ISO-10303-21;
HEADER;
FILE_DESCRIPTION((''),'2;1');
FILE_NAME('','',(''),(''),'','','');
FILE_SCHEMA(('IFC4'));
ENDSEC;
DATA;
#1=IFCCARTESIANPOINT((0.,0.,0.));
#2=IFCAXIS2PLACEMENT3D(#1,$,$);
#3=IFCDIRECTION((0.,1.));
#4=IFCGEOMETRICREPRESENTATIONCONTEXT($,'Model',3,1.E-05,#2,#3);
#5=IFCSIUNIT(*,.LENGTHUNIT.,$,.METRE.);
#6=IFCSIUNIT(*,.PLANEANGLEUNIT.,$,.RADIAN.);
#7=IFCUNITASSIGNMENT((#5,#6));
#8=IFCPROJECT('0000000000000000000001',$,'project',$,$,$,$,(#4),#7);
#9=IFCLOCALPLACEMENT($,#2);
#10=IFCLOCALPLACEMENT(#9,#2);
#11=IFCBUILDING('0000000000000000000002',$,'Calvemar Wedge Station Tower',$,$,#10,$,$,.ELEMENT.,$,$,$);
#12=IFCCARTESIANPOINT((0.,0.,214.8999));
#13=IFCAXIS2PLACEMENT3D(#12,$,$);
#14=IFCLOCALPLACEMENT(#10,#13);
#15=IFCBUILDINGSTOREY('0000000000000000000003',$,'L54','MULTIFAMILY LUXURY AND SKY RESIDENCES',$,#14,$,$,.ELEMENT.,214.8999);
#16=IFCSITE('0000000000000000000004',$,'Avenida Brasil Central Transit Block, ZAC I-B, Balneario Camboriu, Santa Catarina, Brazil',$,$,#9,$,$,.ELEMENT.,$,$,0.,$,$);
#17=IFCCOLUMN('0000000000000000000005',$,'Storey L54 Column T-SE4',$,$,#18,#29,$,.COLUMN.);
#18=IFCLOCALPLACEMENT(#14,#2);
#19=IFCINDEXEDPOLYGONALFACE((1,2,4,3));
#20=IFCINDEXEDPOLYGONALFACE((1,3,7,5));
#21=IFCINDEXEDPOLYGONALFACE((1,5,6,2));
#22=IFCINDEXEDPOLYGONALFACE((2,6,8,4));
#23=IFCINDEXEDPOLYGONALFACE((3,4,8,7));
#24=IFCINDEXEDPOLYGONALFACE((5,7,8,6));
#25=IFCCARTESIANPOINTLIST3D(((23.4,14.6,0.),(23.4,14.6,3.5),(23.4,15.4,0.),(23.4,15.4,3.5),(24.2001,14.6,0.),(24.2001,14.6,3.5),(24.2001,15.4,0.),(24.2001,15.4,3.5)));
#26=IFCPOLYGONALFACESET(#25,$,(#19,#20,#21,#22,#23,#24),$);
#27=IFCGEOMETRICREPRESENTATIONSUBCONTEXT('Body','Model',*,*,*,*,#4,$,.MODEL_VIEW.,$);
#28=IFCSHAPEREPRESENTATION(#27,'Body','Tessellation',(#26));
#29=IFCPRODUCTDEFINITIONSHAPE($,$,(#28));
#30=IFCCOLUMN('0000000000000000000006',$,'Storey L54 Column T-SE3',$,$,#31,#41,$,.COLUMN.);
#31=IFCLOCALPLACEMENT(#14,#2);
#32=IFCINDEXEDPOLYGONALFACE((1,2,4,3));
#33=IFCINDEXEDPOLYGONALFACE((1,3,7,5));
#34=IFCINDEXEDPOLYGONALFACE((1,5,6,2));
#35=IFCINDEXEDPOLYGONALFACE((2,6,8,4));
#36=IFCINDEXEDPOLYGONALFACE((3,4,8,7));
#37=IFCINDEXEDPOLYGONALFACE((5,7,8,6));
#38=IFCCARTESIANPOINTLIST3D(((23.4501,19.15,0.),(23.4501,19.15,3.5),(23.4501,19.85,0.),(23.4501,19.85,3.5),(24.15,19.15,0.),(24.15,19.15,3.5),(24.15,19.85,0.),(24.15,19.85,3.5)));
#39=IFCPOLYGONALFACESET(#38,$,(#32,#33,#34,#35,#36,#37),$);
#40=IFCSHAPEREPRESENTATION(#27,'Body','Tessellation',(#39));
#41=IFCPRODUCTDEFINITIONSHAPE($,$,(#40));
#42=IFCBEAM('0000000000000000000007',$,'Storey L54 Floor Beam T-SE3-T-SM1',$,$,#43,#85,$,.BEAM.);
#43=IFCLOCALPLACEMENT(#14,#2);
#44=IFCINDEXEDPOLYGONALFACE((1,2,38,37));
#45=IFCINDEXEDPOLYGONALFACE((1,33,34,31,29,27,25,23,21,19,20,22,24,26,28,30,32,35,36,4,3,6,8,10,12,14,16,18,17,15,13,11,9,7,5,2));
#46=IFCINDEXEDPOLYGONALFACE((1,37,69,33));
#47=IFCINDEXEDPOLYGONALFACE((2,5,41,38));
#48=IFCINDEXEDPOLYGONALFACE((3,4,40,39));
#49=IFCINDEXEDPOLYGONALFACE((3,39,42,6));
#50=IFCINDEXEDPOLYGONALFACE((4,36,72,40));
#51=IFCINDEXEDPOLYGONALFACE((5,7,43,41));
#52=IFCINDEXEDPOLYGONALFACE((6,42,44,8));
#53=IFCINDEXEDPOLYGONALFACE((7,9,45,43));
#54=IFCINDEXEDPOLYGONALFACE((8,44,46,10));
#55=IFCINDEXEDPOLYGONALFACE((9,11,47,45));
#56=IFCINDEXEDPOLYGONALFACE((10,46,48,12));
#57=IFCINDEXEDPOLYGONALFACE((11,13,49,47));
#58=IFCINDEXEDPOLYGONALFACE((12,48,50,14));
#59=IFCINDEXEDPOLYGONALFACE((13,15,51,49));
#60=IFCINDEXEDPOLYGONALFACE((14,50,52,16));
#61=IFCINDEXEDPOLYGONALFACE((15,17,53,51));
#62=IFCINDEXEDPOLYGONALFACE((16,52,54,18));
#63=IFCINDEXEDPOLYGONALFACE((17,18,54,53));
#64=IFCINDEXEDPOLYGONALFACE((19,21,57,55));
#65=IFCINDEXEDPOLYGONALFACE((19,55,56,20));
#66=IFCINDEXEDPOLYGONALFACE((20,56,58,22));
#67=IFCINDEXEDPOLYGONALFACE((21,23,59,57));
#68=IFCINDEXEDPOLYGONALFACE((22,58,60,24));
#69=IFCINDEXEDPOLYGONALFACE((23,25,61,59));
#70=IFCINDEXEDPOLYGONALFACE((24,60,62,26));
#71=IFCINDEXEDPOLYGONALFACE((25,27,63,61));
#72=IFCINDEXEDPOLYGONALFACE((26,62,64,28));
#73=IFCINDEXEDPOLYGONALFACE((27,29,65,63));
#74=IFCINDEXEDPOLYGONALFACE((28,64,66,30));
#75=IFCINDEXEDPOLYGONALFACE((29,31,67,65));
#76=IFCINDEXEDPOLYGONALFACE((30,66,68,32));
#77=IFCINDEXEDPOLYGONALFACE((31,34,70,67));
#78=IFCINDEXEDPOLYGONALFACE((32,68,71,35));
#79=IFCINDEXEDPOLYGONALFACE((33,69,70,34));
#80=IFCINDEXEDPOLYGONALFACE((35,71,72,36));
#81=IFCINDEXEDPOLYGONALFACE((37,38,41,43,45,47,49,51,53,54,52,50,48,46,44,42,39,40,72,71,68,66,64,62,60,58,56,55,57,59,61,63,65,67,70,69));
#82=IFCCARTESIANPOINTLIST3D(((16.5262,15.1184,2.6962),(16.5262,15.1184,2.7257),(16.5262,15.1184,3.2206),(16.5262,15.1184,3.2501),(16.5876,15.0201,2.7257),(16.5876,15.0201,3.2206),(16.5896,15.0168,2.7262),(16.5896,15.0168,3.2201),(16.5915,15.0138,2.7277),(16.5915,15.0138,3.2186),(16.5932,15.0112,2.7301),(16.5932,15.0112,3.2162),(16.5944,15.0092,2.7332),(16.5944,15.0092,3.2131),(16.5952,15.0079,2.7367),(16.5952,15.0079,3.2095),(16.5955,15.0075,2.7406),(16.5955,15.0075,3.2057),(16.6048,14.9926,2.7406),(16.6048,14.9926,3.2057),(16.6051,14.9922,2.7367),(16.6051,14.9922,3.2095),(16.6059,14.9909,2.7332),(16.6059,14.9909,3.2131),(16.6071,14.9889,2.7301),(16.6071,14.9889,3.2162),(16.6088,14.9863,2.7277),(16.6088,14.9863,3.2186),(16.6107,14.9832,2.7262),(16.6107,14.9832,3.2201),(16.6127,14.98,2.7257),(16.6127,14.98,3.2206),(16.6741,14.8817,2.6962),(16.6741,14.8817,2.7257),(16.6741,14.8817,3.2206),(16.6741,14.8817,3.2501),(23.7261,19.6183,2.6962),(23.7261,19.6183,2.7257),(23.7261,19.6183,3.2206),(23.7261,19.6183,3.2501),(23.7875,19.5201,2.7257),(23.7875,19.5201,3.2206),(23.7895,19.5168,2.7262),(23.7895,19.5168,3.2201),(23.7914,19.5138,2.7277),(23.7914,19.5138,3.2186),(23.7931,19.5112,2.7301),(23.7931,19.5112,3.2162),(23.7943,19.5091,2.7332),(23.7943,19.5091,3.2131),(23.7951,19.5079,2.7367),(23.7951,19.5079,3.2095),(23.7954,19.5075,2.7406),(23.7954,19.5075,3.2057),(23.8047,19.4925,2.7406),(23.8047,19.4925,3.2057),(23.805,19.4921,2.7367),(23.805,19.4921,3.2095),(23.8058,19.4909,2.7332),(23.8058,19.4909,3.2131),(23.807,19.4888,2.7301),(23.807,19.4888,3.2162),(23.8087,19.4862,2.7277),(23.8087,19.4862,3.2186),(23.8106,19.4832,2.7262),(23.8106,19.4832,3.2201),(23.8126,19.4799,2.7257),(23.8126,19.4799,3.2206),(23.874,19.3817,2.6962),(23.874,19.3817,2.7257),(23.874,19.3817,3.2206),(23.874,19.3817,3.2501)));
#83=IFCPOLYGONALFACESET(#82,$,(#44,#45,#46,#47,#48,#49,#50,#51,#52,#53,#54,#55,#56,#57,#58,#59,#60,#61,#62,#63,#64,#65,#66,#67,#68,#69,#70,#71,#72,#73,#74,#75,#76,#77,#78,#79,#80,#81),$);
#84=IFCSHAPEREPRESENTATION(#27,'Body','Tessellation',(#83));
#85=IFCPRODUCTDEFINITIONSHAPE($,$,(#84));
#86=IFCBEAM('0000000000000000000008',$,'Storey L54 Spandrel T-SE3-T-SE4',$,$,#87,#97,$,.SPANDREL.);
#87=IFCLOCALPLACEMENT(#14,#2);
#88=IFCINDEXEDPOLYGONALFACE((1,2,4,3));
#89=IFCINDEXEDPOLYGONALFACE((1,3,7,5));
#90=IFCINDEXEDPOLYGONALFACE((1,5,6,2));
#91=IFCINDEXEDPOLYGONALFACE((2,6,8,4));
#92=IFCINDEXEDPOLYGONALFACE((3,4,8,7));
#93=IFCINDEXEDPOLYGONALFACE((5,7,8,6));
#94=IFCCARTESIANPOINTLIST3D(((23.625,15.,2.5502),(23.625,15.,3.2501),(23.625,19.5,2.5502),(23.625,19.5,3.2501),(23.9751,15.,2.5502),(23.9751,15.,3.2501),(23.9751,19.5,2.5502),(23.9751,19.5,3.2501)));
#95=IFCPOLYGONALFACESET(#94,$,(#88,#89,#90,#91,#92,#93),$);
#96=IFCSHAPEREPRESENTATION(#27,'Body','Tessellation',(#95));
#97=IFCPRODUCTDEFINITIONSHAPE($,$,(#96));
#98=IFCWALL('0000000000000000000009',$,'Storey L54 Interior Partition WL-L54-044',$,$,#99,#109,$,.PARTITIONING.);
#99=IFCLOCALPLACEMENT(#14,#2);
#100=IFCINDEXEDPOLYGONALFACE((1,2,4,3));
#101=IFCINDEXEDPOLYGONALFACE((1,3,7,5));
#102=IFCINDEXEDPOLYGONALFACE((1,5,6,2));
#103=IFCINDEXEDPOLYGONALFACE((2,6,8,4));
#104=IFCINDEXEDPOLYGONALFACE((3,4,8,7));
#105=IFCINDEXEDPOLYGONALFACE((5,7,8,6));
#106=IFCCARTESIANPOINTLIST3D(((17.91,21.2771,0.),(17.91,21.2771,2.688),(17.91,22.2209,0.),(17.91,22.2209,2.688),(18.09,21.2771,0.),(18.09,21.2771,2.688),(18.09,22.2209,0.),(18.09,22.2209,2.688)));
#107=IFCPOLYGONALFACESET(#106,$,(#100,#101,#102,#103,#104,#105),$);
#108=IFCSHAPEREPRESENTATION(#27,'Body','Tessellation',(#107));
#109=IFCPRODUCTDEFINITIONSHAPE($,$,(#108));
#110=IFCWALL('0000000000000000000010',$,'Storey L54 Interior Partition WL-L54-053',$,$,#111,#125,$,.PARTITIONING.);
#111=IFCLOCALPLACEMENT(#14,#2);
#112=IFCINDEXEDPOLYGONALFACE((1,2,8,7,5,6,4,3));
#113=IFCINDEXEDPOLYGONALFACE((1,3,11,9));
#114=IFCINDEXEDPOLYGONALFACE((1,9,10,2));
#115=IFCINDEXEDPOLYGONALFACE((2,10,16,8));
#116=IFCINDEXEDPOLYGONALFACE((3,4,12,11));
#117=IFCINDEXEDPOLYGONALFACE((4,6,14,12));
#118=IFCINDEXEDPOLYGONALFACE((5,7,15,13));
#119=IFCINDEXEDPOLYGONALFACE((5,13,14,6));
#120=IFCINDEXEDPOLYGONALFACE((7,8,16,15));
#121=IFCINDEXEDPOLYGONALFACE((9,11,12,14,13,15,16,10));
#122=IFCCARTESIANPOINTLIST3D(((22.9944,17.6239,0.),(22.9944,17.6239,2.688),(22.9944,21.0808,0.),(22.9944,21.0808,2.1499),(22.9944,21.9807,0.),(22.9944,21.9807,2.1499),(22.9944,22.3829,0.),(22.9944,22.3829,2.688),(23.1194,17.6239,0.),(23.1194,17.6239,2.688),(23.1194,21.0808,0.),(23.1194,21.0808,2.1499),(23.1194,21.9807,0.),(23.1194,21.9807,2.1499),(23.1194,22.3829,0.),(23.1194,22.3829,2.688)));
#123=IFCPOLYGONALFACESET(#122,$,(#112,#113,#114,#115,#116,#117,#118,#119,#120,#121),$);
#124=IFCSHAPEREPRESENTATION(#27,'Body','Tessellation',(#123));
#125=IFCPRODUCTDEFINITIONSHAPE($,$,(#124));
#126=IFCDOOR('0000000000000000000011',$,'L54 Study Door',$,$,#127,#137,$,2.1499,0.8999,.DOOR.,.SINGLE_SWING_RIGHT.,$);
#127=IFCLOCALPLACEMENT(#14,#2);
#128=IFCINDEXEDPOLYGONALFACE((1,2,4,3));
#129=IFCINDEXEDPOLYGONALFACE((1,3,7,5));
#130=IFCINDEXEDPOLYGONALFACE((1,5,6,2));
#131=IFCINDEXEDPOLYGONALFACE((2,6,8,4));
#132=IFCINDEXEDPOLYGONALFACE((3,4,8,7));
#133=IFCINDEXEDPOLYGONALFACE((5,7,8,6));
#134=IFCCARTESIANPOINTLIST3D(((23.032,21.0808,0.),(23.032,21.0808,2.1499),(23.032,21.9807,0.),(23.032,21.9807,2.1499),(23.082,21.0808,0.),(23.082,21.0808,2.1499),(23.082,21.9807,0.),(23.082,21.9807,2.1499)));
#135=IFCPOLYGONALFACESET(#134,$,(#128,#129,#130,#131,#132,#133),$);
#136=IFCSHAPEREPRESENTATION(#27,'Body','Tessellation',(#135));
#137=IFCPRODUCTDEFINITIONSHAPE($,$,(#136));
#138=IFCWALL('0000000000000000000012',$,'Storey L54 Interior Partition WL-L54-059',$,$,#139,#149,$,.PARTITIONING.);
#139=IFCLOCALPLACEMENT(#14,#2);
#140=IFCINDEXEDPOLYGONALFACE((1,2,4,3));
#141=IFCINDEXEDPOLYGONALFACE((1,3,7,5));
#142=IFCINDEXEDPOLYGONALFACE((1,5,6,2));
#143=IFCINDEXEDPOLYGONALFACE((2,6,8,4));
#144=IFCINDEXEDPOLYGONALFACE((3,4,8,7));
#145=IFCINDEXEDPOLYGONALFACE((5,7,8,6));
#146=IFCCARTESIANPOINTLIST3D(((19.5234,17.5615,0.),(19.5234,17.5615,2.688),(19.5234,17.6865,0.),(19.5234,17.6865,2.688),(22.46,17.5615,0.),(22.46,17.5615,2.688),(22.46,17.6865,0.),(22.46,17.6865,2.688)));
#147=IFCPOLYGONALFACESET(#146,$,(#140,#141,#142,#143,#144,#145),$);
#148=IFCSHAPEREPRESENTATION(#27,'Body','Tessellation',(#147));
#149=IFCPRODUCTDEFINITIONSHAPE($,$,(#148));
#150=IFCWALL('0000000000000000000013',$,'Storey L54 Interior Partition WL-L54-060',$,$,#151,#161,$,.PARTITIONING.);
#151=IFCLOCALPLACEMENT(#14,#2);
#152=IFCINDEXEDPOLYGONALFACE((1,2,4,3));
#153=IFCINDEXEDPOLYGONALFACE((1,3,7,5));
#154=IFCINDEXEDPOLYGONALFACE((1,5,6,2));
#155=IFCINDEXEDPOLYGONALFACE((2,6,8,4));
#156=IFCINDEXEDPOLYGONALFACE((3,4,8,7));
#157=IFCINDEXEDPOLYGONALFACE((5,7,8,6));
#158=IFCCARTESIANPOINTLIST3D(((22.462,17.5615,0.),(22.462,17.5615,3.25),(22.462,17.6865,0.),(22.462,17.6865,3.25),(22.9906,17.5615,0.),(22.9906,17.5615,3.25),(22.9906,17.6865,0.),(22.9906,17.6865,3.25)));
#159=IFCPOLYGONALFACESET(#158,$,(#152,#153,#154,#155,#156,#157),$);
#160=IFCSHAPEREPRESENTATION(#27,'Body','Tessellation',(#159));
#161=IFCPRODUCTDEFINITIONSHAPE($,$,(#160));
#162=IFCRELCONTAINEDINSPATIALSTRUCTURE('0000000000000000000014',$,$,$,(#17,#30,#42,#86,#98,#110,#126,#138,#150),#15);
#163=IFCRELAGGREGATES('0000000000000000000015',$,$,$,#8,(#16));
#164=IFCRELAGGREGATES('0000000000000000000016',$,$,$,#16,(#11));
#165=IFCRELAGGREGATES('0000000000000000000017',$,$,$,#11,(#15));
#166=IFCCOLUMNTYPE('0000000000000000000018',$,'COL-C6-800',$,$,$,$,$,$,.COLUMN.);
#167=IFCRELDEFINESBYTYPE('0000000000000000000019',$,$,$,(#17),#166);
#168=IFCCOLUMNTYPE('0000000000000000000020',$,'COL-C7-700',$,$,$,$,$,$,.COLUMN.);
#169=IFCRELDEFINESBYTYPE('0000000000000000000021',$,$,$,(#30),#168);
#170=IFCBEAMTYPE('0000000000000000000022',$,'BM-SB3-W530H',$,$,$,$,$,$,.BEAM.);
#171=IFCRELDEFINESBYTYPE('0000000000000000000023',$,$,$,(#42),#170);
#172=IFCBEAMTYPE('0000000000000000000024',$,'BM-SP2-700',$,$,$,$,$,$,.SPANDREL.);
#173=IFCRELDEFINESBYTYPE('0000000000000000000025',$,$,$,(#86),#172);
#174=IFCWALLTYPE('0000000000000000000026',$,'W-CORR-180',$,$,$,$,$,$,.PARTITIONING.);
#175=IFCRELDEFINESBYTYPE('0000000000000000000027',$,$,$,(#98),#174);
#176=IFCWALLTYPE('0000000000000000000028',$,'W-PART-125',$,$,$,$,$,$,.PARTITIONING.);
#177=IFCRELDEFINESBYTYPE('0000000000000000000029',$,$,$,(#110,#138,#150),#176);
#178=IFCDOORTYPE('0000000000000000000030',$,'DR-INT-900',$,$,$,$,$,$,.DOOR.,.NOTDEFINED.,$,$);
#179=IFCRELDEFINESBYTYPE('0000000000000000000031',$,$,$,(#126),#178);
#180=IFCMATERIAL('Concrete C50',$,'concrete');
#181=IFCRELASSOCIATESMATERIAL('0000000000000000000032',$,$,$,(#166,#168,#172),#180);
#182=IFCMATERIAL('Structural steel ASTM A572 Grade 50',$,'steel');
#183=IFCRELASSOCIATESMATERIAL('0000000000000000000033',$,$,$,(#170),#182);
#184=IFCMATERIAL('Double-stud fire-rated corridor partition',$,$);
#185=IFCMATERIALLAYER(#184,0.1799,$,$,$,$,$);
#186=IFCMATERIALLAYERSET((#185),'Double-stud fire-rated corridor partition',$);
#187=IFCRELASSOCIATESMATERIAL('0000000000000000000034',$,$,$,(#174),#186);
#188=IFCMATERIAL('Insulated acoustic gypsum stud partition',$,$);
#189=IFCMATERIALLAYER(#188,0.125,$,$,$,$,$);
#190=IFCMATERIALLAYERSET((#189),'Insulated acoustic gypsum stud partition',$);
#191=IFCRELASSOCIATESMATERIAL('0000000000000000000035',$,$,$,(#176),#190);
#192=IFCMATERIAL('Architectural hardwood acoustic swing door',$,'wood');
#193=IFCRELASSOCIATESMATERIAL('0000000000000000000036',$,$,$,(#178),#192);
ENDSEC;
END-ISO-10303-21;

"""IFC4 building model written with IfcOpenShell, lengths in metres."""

from ifc_helpers import new_model, si_unit, direction, frame, frame_2d, origin, origin_2d, place, context, subcontext, project, spatial, rectangle, i_section, extrude, source, transform, mapped, material, layer, layer_set, material_profile, profile_set, type_object, element, fill, save


model = new_model("IFC4")

# Units and contexts
model_context = context("Model", 3, precision=1e-05, world=origin(), true_north=direction((0.0, 1.0)))
body_context = subcontext(model_context, "Body", "Model", "MODEL_VIEW")
ifc_project = project(units=[si_unit("LENGTHUNIT", "METRE"), si_unit("PLANEANGLEUNIT", "RADIAN")], contexts=[model_context])

# Site, building, storey
site_placement = place(None, origin())
site = spatial("IfcSite", under=ifc_project, at=site_placement, Name="Avenida Brasil Central Transit Block, ZAC I-B, Balneario Camboriu, Santa Catarina, Brazil", CompositionType="ELEMENT", RefElevation=0.0)
building_placement = place(site_placement, origin())
building = spatial("IfcBuilding", under=site, at=building_placement, Name="Calvemar Wedge Station Tower", CompositionType="ELEMENT")
storey_placement = place(building_placement, frame((0.0, 0.0, 214.8999)))
storey = spatial("IfcBuildingStorey", under=building, at=storey_placement, Name="L54", Description="MULTIFAMILY LUXURY AND SKY RESIDENCES", CompositionType="ELEMENT", Elevation=214.8999)

# Columns
ifc_material_1 = material(Name="Concrete C50", Category="concrete")
ifc_material_profile_1 = material_profile(ifc_material_1, rectangle(XDim=0.8, YDim=0.8, at=origin_2d()), Name="RC800x800")
ifc_profile_set_1 = profile_set([ifc_material_profile_1], Name="Concrete C50")
column_type_1 = type_object("IfcColumnType", Name="COL-C6-800", PredefinedType="COLUMN", material=ifc_profile_set_1)
shared_shape_1 = source(origin(), body_context, "Body", "SweptSolid", [
    extrude(rectangle(XDim=0.8, YDim=0.8, at=origin_2d()), origin(), (0.0, 0.0, 1.0), 3.5),
])
column_1_placement = place(storey_placement, frame((23.8, 15.0, 0.0), z_axis=(0.0, 0.0, 1.0), x_axis=(1.0, 0.0, 0.0)))
element("IfcColumn", 1, at=column_1_placement, inside=storey, type_object=column_type_1, Name="Storey L54 Column T-SE4", PredefinedType="COLUMN", context=body_context, shape_type="MappedRepresentation", body=[
    mapped(shared_shape_1, transform((0.0, 0.0, 0.0), scale=1.0)),
])
ifc_material_profile_2 = material_profile(ifc_material_1, rectangle(XDim=0.7, YDim=0.7, at=origin_2d()), Name="RC700x700")
ifc_profile_set_2 = profile_set([ifc_material_profile_2], Name="Concrete C50")
column_type_2 = type_object("IfcColumnType", Name="COL-C7-700", PredefinedType="COLUMN", material=ifc_profile_set_2)
shared_shape_2 = source(origin(), body_context, "Body", "SweptSolid", [
    extrude(rectangle(XDim=0.7, YDim=0.7, at=origin_2d()), origin(), (0.0, 0.0, 1.0), 3.5),
])
column_2_placement = place(storey_placement, frame((23.8, 19.5, 0.0), z_axis=(0.0, 0.0, 1.0), x_axis=(1.0, 0.0, 0.0)))
element("IfcColumn", 2, at=column_2_placement, inside=storey, type_object=column_type_2, Name="Storey L54 Column T-SE3", PredefinedType="COLUMN", context=body_context, shape_type="MappedRepresentation", body=[
    mapped(shared_shape_2, transform((0.0, 0.0, 0.0), scale=1.0)),
])

# Beams
ifc_material_2 = material(Name="Structural steel ASTM A572 Grade 50", Category="steel")
ifc_material_profile_3 = material_profile(ifc_material_2, i_section(OverallWidth=0.2791, OverallDepth=0.554, WebThickness=0.0176, FlangeThickness=0.0295, FilletRadius=0.0149, at=origin_2d()), Name="W530x196")
ifc_profile_set_3 = profile_set([ifc_material_profile_3], Name="Structural steel ASTM A572 Grade 50")
beam_type_1 = type_object("IfcBeamType", Name="BM-SB3-W530H", PredefinedType="BEAM", material=ifc_profile_set_3)
shared_shape_3 = source(origin(), body_context, "Body", "SweptSolid", [
    extrude(i_section(OverallWidth=0.2791, OverallDepth=0.554, WebThickness=0.0176, FlangeThickness=0.0295, FilletRadius=0.0149, at=origin_2d()), origin(), (0.0, 0.0, 1.0), 8.4905),
])
beam_1_placement = place(storey_placement, frame((23.8, 19.5, 2.9731), z_axis=(-0.847997, -0.530002, 0.0), x_axis=(0.530002, -0.847997, 0.0)))
element("IfcBeam", 3, at=beam_1_placement, inside=storey, type_object=beam_type_1, Name="Storey L54 Floor Beam T-SE3-T-SM1", PredefinedType="BEAM", context=body_context, shape_type="MappedRepresentation", body=[
    mapped(shared_shape_3, transform((0.0, 0.0, 0.0), scale=1.0)),
])
ifc_material_profile_4 = material_profile(ifc_material_1, rectangle(XDim=0.3501, YDim=0.7, at=origin_2d()), Name="RC350x700")
ifc_profile_set_4 = profile_set([ifc_material_profile_4], Name="Concrete C50")
beam_type_2 = type_object("IfcBeamType", Name="BM-SP2-700", PredefinedType="SPANDREL", material=ifc_profile_set_4)
shared_shape_4 = source(origin(), body_context, "Body", "SweptSolid", [
    extrude(rectangle(XDim=0.3501, YDim=0.7, at=origin_2d()), origin(), (0.0, 0.0, 1.0), 4.5),
])
beam_2_placement = place(storey_placement, frame((23.8, 19.5, 2.9001), z_axis=(0.0, -1.0, 0.0), x_axis=(1.0, 0.0, 0.0)))
element("IfcBeam", 4, at=beam_2_placement, inside=storey, type_object=beam_type_2, Name="Storey L54 Spandrel T-SE3-T-SE4", PredefinedType="SPANDREL", context=body_context, shape_type="MappedRepresentation", body=[
    mapped(shared_shape_4, transform((0.0, 0.0, 0.0), scale=1.0)),
])

# Shared definitions
ifc_material_3 = material(Name="Double-stud fire-rated corridor partition")
ifc_layer_1 = layer(ifc_material_3, 0.1799)
ifc_layer_set_1 = layer_set([ifc_layer_1], Name="Double-stud fire-rated corridor partition")
wall_type_1 = type_object("IfcWallType", Name="W-CORR-180", PredefinedType="PARTITIONING", material=ifc_layer_set_1)

# Wall
wall_1_placement = place(storey_placement, frame((18.0, 21.2771, 0.0), z_axis=(0.0, 0.0, 1.0), x_axis=(0.0, 1.0, 0.0)))
element("IfcWall", 5, at=wall_1_placement, inside=storey, type_object=wall_type_1, Name="Storey L54 Interior Partition WL-L54-044", PredefinedType="PARTITIONING", context=body_context, shape_type="SweptSolid", body=[
    extrude(rectangle(XDim=0.9438, YDim=0.1799, at=frame_2d((0.4719, 0.0))), origin(), (0.0, 0.0, 1.0), 2.688),
])

# Wall, opening, door
ifc_material_4 = material(Name="Insulated acoustic gypsum stud partition")
ifc_layer_2 = layer(ifc_material_4, 0.125)
ifc_layer_set_2 = layer_set([ifc_layer_2], Name="Insulated acoustic gypsum stud partition")
wall_type_2 = type_object("IfcWallType", Name="W-PART-125", PredefinedType="PARTITIONING", material=ifc_layer_set_2)
wall_2_placement = place(storey_placement, frame((23.0569, 17.624, 0.0), z_axis=(0.0, 0.0, 1.0), x_axis=(0.0, 1.0, 0.0)))
wall_2 = element("IfcWall", 6, at=wall_2_placement, inside=storey, type_object=wall_type_2, Name="Storey L54 Interior Partition WL-L54-053", PredefinedType="PARTITIONING", context=body_context, shape_type="SweptSolid", body=[
    extrude(rectangle(XDim=4.759, YDim=0.125, at=frame_2d((2.3794, 0.0))), origin(), (0.0, 0.0, 1.0), 2.688),
])
shared_shape_5 = source(origin(), body_context, "Body", "SweptSolid", [
    extrude(rectangle(XDim=0.8999, YDim=2.1499, at=frame_2d((0.45, 1.075))), frame((0.0, 0.0725, 0.0), z_axis=(0.0, -1.0, 0.0), x_axis=(1.0, 0.0, 0.0)), (0.0, 0.0, 1.0), 0.145),
])
opening_1_placement = place(wall_2_placement, frame((3.4568, 0.0, 0.0)))
opening_1 = element("IfcOpeningElement", 7, at=opening_1_placement, cuts=wall_2, PredefinedType="OPENING", context=body_context, shape_type="MappedRepresentation", body=[
    mapped(shared_shape_5, transform((0.0, 0.0, 0.0), scale=1.0)),
])
ifc_material_5 = material(Name="Architectural hardwood acoustic swing door", Category="wood")
door_type_1 = type_object("IfcDoorType", Name="DR-INT-900", OperationType="NOTDEFINED", PredefinedType="DOOR", material=ifc_material_5)
shared_shape_6 = source(origin(), body_context, "Body", "SweptSolid", [
    extrude(rectangle(XDim=0.8999, YDim=2.1499, at=frame_2d((0.45, 1.075))), frame((0.0, 0.0249, 0.0), z_axis=(0.0, -1.0, 0.0), x_axis=(1.0, 0.0, 0.0)), (0.0, 0.0, 1.0), 0.05),
])
door_1_placement = place(opening_1_placement, origin())
door_1 = element("IfcDoor", 8, at=door_1_placement, inside=storey, type_object=door_type_1, Name="L54 Study Door", OperationType="SINGLE_SWING_RIGHT", OverallHeight=2.1499, OverallWidth=0.8999, PredefinedType="DOOR", context=body_context, shape_type="MappedRepresentation", body=[
    mapped(shared_shape_6, transform((0.0, 0.0, 0.0), scale=1.0)),
])
fill(opening_1, door_1)

# Walls
wall_3_placement = place(storey_placement, frame((22.46, 17.624, 0.0), z_axis=(0.0, 0.0, 1.0), x_axis=(-1.0, 0.0, 0.0)))
element("IfcWall", 9, at=wall_3_placement, inside=storey, type_object=wall_type_2, Name="Storey L54 Interior Partition WL-L54-059", PredefinedType="PARTITIONING", context=body_context, shape_type="SweptSolid", body=[
    extrude(rectangle(XDim=2.9365, YDim=0.125, at=frame_2d((1.4683, 0.0))), origin(), (0.0, 0.0, 1.0), 2.688),
])
wall_4_placement = place(storey_placement, frame((22.9905, 17.624, 0.0), z_axis=(0.0, 0.0, 1.0), x_axis=(-1.0, 0.0, 0.0)))
element("IfcWall", 10, at=wall_4_placement, inside=storey, type_object=wall_type_2, Name="Storey L54 Interior Partition WL-L54-060", PredefinedType="PARTITIONING", context=body_context, shape_type="SweptSolid", body=[
    extrude(rectangle(XDim=0.5286, YDim=0.125, at=frame_2d((0.2642, 0.0))), origin(), (0.0, 0.0, 1.0), 3.25),
])

save(model, "model.ifc")
